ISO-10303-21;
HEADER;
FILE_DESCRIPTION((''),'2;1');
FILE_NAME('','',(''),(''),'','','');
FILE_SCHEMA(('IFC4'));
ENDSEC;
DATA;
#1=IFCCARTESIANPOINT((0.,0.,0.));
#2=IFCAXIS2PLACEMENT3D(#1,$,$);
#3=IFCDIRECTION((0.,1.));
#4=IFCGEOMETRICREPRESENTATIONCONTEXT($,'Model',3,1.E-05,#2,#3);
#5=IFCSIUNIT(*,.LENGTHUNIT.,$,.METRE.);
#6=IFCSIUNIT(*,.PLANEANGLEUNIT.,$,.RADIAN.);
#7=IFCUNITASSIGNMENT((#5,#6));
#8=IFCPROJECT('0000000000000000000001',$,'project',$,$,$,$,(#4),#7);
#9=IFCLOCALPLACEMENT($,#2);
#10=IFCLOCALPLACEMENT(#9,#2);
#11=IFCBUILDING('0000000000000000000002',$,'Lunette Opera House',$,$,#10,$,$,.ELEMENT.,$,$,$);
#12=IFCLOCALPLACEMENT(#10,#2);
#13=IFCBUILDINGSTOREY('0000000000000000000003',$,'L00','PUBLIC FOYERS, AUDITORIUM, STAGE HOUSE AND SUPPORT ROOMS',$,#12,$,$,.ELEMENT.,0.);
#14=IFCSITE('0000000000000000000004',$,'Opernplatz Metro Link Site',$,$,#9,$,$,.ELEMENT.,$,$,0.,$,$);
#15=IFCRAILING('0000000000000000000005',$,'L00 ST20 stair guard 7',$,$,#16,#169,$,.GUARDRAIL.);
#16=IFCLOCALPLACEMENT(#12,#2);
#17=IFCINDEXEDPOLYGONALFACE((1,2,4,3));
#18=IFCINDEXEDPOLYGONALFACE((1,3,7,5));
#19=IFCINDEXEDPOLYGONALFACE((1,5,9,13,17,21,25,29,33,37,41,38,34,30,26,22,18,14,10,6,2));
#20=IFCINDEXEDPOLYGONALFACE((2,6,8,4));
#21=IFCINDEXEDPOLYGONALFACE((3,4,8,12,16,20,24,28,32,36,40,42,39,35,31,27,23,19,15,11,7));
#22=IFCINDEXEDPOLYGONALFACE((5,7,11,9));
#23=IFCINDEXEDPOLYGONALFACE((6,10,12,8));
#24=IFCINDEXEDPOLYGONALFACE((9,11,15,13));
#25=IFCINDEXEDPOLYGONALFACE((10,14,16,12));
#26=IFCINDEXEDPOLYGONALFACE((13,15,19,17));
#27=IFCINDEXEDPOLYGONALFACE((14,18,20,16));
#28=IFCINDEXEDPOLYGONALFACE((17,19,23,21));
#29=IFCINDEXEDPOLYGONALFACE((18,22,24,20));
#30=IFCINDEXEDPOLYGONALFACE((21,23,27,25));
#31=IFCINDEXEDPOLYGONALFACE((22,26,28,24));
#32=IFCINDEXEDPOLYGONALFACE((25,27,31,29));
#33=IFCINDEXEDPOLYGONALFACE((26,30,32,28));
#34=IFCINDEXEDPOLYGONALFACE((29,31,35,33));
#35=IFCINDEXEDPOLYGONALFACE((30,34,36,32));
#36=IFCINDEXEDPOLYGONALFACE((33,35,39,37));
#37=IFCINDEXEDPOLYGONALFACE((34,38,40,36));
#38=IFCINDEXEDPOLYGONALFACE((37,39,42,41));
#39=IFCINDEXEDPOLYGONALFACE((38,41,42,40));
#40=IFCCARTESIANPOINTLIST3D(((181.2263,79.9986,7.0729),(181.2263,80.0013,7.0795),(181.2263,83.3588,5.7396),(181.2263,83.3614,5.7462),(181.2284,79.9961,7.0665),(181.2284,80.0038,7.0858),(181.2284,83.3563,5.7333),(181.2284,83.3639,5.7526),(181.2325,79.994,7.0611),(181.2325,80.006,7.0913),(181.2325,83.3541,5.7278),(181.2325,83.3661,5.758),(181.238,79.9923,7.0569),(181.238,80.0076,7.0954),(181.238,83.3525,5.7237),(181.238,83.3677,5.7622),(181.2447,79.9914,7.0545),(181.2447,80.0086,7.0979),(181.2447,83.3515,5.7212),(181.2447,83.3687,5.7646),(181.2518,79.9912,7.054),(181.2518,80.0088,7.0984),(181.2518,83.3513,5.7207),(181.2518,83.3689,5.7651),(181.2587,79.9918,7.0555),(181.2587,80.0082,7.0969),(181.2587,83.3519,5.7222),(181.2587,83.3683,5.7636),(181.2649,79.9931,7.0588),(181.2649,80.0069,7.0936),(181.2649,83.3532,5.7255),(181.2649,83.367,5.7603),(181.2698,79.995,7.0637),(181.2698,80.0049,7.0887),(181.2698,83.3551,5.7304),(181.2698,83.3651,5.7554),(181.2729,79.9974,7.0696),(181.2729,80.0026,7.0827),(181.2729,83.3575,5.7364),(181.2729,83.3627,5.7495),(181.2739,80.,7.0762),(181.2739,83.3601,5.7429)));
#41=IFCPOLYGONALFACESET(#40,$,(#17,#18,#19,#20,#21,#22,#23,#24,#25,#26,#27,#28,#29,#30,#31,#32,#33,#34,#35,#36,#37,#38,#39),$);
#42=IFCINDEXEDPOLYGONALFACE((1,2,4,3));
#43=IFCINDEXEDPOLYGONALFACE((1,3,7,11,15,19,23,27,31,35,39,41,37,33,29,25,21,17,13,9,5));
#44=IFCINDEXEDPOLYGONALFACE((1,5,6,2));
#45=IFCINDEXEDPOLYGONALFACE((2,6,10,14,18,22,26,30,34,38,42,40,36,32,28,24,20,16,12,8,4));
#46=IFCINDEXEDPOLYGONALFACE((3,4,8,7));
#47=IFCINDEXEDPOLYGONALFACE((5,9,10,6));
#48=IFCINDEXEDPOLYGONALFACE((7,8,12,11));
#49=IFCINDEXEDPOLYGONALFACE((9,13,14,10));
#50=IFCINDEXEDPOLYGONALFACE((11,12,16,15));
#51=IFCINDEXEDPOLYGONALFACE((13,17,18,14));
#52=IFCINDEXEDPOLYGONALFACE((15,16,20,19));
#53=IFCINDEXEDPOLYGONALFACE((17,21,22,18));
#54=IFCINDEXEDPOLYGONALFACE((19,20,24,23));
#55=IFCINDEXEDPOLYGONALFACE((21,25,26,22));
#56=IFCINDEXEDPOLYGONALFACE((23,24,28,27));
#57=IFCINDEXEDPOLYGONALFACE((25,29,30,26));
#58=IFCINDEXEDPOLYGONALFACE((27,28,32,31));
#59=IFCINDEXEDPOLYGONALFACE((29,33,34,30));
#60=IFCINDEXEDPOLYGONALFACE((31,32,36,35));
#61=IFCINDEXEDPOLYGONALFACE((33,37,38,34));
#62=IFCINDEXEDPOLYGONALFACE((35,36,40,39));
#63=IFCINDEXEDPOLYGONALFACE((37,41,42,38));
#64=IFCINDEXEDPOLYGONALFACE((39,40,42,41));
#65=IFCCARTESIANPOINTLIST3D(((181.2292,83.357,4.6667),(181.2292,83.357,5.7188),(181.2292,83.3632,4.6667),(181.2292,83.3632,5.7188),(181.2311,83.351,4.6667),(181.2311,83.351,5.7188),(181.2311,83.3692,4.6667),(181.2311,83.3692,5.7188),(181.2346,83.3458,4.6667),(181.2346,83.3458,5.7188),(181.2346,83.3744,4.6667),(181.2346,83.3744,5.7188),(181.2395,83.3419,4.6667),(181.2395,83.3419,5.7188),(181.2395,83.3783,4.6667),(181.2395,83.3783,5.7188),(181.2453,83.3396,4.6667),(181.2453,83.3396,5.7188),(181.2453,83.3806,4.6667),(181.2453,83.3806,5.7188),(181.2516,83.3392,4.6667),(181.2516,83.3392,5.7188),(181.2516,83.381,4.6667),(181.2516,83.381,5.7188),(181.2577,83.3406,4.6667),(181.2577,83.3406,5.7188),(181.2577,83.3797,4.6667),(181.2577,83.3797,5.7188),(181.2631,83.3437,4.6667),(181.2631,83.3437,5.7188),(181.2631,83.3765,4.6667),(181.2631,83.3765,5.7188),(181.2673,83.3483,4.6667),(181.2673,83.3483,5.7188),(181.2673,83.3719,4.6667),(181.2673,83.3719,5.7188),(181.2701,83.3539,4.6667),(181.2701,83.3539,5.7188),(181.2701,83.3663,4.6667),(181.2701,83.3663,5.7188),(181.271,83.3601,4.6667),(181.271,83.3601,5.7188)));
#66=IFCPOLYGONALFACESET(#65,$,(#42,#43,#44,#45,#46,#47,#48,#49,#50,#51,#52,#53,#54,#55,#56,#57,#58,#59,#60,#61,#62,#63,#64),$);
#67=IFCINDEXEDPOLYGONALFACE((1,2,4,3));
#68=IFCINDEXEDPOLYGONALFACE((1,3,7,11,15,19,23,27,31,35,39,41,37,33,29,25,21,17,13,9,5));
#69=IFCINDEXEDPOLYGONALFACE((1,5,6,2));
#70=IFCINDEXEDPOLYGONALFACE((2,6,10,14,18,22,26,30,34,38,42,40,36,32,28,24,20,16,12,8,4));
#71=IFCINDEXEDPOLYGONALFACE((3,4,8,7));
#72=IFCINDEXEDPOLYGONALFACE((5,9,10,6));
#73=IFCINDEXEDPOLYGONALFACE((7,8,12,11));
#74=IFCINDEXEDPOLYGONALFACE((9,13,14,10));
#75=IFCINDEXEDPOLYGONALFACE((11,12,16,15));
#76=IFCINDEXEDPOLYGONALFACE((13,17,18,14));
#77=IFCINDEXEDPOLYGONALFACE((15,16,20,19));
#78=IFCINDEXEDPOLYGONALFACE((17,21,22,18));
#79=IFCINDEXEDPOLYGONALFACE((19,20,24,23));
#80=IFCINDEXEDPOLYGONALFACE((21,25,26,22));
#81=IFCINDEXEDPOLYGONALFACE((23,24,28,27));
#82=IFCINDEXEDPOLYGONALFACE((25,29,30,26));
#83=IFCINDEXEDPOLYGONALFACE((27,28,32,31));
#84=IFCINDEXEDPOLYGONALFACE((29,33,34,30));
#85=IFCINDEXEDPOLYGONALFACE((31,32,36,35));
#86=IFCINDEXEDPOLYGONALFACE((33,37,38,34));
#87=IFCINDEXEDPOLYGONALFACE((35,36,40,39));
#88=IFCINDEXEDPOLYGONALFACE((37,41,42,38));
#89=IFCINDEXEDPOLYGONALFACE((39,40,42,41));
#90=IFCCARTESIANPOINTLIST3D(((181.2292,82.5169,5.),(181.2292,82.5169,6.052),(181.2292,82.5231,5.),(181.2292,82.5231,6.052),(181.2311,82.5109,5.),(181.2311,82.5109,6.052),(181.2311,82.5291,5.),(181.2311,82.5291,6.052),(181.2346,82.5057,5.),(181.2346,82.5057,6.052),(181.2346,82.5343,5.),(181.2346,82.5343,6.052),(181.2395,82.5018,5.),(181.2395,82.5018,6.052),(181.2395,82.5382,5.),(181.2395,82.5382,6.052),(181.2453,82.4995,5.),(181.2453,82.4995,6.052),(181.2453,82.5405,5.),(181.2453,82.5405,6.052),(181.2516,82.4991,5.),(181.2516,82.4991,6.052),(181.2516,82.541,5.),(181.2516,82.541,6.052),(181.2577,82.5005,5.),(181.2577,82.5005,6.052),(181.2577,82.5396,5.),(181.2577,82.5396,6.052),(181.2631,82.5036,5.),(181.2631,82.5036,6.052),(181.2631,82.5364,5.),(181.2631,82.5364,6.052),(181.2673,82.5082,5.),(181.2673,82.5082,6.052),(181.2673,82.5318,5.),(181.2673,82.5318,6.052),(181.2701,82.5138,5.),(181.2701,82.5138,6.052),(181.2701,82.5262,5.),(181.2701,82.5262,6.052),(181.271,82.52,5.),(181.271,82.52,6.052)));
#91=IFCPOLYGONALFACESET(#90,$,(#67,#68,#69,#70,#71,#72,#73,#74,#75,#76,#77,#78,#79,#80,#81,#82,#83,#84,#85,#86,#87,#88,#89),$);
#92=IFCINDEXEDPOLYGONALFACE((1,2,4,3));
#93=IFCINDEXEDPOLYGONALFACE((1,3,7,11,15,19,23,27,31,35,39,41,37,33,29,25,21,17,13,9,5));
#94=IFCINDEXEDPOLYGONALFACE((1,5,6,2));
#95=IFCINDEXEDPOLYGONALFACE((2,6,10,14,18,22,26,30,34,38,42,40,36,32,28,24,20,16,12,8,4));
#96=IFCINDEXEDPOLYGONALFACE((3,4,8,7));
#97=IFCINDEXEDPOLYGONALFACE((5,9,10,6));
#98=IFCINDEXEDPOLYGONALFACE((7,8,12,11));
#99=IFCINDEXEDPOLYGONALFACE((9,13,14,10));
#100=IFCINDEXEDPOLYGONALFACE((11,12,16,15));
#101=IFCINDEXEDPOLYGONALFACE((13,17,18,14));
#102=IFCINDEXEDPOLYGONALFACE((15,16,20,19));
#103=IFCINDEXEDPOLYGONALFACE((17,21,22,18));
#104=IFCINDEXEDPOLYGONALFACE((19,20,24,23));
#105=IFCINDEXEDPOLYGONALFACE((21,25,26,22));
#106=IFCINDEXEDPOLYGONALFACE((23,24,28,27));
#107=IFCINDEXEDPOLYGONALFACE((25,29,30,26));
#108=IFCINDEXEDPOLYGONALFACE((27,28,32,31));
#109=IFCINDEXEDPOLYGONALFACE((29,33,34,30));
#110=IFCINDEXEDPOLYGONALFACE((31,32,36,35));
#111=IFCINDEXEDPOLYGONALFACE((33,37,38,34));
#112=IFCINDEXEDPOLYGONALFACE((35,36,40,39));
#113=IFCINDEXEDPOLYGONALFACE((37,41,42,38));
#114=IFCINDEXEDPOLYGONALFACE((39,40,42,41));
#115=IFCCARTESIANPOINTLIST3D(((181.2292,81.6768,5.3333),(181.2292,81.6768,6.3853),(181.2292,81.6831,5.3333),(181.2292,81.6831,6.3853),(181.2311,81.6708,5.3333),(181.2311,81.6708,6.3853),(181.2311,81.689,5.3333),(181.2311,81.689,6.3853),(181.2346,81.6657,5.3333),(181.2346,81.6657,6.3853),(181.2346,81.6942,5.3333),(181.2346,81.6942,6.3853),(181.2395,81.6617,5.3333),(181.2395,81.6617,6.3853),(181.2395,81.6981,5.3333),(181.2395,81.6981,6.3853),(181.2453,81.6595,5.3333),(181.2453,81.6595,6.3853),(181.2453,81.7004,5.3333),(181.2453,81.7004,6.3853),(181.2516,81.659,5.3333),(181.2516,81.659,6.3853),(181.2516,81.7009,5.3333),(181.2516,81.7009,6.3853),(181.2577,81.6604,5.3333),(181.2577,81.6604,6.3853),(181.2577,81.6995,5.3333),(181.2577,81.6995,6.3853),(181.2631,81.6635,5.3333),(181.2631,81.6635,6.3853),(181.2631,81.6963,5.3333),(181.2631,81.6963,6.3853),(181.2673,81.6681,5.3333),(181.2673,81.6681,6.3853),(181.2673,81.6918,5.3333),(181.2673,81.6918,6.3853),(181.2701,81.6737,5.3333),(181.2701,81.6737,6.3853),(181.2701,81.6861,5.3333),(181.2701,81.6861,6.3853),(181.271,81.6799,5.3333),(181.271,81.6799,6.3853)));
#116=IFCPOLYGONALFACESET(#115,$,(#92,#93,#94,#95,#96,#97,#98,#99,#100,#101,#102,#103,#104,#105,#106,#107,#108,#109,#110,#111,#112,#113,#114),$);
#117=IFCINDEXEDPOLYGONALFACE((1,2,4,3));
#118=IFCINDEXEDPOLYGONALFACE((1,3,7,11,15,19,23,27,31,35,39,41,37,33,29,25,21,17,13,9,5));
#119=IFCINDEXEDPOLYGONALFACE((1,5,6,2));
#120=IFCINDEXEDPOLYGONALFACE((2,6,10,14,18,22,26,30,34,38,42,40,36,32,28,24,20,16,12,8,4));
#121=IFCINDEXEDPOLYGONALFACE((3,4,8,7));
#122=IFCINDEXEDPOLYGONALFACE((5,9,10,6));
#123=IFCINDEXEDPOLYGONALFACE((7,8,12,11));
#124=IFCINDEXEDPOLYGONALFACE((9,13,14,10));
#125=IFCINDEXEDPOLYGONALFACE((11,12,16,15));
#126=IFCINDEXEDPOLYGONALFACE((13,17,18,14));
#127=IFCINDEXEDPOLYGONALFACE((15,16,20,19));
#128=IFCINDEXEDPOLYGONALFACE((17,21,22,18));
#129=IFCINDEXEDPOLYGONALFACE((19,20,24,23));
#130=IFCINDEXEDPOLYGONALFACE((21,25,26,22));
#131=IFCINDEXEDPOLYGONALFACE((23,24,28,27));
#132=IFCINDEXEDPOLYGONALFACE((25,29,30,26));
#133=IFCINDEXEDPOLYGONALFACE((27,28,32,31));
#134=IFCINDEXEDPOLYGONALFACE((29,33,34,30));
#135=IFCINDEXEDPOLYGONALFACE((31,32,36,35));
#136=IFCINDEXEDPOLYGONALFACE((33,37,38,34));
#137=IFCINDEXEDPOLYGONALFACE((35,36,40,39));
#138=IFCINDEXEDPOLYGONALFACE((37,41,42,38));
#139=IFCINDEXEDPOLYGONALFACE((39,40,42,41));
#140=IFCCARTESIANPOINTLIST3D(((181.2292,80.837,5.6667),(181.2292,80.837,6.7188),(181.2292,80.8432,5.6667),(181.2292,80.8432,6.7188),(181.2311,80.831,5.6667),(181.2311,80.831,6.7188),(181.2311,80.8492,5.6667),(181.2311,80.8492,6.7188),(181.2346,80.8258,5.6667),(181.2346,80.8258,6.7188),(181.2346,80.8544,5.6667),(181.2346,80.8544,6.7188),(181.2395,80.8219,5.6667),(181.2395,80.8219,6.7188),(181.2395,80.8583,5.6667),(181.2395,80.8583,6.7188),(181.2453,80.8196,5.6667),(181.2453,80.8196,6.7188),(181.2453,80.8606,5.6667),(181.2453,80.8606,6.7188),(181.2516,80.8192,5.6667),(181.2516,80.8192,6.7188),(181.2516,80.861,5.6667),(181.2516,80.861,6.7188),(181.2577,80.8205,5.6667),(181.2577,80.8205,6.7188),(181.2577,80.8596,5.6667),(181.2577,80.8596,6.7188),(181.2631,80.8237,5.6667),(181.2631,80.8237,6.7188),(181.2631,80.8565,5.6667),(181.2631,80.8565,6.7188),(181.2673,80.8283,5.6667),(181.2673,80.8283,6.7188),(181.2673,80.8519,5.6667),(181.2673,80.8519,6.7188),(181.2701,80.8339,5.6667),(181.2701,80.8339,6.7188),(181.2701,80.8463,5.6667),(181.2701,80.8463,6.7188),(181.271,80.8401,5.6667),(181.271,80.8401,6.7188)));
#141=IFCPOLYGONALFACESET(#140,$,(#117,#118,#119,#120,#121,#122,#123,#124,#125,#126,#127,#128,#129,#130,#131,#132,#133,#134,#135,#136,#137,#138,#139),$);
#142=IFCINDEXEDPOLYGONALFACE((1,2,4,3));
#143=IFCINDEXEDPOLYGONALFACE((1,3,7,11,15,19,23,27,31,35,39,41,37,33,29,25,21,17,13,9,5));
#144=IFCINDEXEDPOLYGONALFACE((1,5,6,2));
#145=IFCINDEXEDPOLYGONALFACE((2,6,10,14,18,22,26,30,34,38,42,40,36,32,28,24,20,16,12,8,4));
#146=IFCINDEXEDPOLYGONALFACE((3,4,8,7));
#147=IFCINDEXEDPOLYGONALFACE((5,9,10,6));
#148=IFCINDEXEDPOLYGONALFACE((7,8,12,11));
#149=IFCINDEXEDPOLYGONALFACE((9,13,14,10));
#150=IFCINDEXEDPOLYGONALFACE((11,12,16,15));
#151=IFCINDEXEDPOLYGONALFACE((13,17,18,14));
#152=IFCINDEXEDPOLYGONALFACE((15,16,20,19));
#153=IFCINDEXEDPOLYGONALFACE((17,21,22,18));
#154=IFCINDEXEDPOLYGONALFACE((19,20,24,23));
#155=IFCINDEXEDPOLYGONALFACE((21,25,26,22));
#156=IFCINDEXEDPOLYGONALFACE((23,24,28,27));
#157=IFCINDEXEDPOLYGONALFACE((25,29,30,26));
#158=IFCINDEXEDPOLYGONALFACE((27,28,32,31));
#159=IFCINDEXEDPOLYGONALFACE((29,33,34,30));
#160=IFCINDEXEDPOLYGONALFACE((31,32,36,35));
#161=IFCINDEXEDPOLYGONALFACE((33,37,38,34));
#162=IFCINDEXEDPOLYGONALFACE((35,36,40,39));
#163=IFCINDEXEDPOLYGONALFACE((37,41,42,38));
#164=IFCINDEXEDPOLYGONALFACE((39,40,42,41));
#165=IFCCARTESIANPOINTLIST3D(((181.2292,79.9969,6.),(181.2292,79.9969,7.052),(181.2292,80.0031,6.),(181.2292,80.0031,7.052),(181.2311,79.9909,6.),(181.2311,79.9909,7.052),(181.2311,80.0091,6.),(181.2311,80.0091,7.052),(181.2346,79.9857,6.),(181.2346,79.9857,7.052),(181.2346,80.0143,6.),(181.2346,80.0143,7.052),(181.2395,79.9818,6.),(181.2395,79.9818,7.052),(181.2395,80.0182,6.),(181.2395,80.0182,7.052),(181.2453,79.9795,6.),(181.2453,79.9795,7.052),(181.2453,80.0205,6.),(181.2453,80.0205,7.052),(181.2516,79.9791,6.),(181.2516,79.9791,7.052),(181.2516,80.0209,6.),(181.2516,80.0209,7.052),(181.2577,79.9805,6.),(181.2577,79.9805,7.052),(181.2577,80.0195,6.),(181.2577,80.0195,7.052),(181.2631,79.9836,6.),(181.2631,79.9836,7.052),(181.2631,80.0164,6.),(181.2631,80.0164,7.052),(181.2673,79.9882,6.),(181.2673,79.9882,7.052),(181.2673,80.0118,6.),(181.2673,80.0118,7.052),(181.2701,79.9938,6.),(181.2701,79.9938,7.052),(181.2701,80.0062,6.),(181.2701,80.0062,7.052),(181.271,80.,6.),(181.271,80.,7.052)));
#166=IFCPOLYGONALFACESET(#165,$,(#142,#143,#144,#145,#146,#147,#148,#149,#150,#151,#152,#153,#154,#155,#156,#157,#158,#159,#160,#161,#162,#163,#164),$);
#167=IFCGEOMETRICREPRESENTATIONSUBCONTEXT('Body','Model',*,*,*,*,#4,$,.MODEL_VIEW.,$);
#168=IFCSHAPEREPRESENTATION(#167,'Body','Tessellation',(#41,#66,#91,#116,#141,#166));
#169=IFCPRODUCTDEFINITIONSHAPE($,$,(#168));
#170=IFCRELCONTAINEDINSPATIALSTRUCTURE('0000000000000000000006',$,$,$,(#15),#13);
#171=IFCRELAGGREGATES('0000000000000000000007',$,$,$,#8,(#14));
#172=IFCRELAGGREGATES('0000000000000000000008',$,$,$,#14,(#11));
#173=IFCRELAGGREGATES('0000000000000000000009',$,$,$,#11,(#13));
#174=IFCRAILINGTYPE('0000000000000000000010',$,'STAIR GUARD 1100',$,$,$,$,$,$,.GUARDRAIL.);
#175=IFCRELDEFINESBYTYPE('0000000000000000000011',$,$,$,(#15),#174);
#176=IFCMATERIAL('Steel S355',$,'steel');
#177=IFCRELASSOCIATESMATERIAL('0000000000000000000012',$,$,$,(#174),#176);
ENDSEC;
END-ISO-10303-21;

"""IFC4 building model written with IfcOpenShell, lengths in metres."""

from ifc_helpers import new_model, si_unit, direction, frame, origin, origin_2d, place, context, subcontext, project, spatial, circle, extrude, material, type_object, element, save


model = new_model("IFC4")

# Units and contexts
model_context = context("Model", 3, precision=1e-05, world=origin(), true_north=direction((0.0, 1.0)))
body_context = subcontext(model_context, "Body", "Model", "MODEL_VIEW")
ifc_project = project(units=[si_unit("LENGTHUNIT", "METRE"), si_unit("PLANEANGLEUNIT", "RADIAN")], contexts=[model_context])

# Site, building, storey
site_placement = place(None, origin())
site = spatial("IfcSite", under=ifc_project, at=site_placement, Name="Opernplatz Metro Link Site", CompositionType="ELEMENT", RefElevation=0.0)
building_placement = place(site_placement, origin())
building = spatial("IfcBuilding", under=site, at=building_placement, Name="Lunette Opera House", CompositionType="ELEMENT")
storey_placement = place(building_placement, origin())
storey = spatial("IfcBuildingStorey", under=building, at=storey_placement, Name="L00", Description="PUBLIC FOYERS, AUDITORIUM, STAGE HOUSE AND SUPPORT ROOMS", CompositionType="ELEMENT", Elevation=0.0)

# Railing
ifc_material_1 = material(Name="Steel S355", Category="steel")
railing_type_1 = type_object("IfcRailingType", Name="STAIR GUARD 1100", PredefinedType="GUARDRAIL", material=ifc_material_1)
railing_1_placement = place(storey_placement, frame((181.25, 83.3601, 4.6667)))
element("IfcRailing", 1, at=railing_1_placement, inside=storey, type_object=railing_type_1, Name="L00 ST20 stair guard 7", PredefinedType="GUARDRAIL", context=body_context, shape_type="SweptSolid", body=[
    extrude(circle(Radius=0.0239, at=origin_2d()), frame((0.0, 0.0, 1.0762), z_axis=(0.0, -0.929502, 0.368816), x_axis=(1.0, 0.0, 0.0)), (0.0, 0.0, 1.0), 3.615),
    extrude(circle(Radius=0.021, at=origin_2d()), origin(), (0.0, 0.0, 1.0), 1.052),
    extrude(circle(Radius=0.021, at=origin_2d()), frame((0.0, -0.8401, 0.3333)), (0.0, 0.0, 1.0), 1.052),
    extrude(circle(Radius=0.021, at=origin_2d()), frame((0.0, -1.6802, 0.6665)), (0.0, 0.0, 1.0), 1.052),
    extrude(circle(Radius=0.021, at=origin_2d()), frame((0.0, -2.52, 1.0)), (0.0, 0.0, 1.0), 1.052),
    extrude(circle(Radius=0.021, at=origin_2d()), frame((0.0, -3.3601, 1.3333)), (0.0, 0.0, 1.0), 1.052),
])

save(model, "model.ifc")
